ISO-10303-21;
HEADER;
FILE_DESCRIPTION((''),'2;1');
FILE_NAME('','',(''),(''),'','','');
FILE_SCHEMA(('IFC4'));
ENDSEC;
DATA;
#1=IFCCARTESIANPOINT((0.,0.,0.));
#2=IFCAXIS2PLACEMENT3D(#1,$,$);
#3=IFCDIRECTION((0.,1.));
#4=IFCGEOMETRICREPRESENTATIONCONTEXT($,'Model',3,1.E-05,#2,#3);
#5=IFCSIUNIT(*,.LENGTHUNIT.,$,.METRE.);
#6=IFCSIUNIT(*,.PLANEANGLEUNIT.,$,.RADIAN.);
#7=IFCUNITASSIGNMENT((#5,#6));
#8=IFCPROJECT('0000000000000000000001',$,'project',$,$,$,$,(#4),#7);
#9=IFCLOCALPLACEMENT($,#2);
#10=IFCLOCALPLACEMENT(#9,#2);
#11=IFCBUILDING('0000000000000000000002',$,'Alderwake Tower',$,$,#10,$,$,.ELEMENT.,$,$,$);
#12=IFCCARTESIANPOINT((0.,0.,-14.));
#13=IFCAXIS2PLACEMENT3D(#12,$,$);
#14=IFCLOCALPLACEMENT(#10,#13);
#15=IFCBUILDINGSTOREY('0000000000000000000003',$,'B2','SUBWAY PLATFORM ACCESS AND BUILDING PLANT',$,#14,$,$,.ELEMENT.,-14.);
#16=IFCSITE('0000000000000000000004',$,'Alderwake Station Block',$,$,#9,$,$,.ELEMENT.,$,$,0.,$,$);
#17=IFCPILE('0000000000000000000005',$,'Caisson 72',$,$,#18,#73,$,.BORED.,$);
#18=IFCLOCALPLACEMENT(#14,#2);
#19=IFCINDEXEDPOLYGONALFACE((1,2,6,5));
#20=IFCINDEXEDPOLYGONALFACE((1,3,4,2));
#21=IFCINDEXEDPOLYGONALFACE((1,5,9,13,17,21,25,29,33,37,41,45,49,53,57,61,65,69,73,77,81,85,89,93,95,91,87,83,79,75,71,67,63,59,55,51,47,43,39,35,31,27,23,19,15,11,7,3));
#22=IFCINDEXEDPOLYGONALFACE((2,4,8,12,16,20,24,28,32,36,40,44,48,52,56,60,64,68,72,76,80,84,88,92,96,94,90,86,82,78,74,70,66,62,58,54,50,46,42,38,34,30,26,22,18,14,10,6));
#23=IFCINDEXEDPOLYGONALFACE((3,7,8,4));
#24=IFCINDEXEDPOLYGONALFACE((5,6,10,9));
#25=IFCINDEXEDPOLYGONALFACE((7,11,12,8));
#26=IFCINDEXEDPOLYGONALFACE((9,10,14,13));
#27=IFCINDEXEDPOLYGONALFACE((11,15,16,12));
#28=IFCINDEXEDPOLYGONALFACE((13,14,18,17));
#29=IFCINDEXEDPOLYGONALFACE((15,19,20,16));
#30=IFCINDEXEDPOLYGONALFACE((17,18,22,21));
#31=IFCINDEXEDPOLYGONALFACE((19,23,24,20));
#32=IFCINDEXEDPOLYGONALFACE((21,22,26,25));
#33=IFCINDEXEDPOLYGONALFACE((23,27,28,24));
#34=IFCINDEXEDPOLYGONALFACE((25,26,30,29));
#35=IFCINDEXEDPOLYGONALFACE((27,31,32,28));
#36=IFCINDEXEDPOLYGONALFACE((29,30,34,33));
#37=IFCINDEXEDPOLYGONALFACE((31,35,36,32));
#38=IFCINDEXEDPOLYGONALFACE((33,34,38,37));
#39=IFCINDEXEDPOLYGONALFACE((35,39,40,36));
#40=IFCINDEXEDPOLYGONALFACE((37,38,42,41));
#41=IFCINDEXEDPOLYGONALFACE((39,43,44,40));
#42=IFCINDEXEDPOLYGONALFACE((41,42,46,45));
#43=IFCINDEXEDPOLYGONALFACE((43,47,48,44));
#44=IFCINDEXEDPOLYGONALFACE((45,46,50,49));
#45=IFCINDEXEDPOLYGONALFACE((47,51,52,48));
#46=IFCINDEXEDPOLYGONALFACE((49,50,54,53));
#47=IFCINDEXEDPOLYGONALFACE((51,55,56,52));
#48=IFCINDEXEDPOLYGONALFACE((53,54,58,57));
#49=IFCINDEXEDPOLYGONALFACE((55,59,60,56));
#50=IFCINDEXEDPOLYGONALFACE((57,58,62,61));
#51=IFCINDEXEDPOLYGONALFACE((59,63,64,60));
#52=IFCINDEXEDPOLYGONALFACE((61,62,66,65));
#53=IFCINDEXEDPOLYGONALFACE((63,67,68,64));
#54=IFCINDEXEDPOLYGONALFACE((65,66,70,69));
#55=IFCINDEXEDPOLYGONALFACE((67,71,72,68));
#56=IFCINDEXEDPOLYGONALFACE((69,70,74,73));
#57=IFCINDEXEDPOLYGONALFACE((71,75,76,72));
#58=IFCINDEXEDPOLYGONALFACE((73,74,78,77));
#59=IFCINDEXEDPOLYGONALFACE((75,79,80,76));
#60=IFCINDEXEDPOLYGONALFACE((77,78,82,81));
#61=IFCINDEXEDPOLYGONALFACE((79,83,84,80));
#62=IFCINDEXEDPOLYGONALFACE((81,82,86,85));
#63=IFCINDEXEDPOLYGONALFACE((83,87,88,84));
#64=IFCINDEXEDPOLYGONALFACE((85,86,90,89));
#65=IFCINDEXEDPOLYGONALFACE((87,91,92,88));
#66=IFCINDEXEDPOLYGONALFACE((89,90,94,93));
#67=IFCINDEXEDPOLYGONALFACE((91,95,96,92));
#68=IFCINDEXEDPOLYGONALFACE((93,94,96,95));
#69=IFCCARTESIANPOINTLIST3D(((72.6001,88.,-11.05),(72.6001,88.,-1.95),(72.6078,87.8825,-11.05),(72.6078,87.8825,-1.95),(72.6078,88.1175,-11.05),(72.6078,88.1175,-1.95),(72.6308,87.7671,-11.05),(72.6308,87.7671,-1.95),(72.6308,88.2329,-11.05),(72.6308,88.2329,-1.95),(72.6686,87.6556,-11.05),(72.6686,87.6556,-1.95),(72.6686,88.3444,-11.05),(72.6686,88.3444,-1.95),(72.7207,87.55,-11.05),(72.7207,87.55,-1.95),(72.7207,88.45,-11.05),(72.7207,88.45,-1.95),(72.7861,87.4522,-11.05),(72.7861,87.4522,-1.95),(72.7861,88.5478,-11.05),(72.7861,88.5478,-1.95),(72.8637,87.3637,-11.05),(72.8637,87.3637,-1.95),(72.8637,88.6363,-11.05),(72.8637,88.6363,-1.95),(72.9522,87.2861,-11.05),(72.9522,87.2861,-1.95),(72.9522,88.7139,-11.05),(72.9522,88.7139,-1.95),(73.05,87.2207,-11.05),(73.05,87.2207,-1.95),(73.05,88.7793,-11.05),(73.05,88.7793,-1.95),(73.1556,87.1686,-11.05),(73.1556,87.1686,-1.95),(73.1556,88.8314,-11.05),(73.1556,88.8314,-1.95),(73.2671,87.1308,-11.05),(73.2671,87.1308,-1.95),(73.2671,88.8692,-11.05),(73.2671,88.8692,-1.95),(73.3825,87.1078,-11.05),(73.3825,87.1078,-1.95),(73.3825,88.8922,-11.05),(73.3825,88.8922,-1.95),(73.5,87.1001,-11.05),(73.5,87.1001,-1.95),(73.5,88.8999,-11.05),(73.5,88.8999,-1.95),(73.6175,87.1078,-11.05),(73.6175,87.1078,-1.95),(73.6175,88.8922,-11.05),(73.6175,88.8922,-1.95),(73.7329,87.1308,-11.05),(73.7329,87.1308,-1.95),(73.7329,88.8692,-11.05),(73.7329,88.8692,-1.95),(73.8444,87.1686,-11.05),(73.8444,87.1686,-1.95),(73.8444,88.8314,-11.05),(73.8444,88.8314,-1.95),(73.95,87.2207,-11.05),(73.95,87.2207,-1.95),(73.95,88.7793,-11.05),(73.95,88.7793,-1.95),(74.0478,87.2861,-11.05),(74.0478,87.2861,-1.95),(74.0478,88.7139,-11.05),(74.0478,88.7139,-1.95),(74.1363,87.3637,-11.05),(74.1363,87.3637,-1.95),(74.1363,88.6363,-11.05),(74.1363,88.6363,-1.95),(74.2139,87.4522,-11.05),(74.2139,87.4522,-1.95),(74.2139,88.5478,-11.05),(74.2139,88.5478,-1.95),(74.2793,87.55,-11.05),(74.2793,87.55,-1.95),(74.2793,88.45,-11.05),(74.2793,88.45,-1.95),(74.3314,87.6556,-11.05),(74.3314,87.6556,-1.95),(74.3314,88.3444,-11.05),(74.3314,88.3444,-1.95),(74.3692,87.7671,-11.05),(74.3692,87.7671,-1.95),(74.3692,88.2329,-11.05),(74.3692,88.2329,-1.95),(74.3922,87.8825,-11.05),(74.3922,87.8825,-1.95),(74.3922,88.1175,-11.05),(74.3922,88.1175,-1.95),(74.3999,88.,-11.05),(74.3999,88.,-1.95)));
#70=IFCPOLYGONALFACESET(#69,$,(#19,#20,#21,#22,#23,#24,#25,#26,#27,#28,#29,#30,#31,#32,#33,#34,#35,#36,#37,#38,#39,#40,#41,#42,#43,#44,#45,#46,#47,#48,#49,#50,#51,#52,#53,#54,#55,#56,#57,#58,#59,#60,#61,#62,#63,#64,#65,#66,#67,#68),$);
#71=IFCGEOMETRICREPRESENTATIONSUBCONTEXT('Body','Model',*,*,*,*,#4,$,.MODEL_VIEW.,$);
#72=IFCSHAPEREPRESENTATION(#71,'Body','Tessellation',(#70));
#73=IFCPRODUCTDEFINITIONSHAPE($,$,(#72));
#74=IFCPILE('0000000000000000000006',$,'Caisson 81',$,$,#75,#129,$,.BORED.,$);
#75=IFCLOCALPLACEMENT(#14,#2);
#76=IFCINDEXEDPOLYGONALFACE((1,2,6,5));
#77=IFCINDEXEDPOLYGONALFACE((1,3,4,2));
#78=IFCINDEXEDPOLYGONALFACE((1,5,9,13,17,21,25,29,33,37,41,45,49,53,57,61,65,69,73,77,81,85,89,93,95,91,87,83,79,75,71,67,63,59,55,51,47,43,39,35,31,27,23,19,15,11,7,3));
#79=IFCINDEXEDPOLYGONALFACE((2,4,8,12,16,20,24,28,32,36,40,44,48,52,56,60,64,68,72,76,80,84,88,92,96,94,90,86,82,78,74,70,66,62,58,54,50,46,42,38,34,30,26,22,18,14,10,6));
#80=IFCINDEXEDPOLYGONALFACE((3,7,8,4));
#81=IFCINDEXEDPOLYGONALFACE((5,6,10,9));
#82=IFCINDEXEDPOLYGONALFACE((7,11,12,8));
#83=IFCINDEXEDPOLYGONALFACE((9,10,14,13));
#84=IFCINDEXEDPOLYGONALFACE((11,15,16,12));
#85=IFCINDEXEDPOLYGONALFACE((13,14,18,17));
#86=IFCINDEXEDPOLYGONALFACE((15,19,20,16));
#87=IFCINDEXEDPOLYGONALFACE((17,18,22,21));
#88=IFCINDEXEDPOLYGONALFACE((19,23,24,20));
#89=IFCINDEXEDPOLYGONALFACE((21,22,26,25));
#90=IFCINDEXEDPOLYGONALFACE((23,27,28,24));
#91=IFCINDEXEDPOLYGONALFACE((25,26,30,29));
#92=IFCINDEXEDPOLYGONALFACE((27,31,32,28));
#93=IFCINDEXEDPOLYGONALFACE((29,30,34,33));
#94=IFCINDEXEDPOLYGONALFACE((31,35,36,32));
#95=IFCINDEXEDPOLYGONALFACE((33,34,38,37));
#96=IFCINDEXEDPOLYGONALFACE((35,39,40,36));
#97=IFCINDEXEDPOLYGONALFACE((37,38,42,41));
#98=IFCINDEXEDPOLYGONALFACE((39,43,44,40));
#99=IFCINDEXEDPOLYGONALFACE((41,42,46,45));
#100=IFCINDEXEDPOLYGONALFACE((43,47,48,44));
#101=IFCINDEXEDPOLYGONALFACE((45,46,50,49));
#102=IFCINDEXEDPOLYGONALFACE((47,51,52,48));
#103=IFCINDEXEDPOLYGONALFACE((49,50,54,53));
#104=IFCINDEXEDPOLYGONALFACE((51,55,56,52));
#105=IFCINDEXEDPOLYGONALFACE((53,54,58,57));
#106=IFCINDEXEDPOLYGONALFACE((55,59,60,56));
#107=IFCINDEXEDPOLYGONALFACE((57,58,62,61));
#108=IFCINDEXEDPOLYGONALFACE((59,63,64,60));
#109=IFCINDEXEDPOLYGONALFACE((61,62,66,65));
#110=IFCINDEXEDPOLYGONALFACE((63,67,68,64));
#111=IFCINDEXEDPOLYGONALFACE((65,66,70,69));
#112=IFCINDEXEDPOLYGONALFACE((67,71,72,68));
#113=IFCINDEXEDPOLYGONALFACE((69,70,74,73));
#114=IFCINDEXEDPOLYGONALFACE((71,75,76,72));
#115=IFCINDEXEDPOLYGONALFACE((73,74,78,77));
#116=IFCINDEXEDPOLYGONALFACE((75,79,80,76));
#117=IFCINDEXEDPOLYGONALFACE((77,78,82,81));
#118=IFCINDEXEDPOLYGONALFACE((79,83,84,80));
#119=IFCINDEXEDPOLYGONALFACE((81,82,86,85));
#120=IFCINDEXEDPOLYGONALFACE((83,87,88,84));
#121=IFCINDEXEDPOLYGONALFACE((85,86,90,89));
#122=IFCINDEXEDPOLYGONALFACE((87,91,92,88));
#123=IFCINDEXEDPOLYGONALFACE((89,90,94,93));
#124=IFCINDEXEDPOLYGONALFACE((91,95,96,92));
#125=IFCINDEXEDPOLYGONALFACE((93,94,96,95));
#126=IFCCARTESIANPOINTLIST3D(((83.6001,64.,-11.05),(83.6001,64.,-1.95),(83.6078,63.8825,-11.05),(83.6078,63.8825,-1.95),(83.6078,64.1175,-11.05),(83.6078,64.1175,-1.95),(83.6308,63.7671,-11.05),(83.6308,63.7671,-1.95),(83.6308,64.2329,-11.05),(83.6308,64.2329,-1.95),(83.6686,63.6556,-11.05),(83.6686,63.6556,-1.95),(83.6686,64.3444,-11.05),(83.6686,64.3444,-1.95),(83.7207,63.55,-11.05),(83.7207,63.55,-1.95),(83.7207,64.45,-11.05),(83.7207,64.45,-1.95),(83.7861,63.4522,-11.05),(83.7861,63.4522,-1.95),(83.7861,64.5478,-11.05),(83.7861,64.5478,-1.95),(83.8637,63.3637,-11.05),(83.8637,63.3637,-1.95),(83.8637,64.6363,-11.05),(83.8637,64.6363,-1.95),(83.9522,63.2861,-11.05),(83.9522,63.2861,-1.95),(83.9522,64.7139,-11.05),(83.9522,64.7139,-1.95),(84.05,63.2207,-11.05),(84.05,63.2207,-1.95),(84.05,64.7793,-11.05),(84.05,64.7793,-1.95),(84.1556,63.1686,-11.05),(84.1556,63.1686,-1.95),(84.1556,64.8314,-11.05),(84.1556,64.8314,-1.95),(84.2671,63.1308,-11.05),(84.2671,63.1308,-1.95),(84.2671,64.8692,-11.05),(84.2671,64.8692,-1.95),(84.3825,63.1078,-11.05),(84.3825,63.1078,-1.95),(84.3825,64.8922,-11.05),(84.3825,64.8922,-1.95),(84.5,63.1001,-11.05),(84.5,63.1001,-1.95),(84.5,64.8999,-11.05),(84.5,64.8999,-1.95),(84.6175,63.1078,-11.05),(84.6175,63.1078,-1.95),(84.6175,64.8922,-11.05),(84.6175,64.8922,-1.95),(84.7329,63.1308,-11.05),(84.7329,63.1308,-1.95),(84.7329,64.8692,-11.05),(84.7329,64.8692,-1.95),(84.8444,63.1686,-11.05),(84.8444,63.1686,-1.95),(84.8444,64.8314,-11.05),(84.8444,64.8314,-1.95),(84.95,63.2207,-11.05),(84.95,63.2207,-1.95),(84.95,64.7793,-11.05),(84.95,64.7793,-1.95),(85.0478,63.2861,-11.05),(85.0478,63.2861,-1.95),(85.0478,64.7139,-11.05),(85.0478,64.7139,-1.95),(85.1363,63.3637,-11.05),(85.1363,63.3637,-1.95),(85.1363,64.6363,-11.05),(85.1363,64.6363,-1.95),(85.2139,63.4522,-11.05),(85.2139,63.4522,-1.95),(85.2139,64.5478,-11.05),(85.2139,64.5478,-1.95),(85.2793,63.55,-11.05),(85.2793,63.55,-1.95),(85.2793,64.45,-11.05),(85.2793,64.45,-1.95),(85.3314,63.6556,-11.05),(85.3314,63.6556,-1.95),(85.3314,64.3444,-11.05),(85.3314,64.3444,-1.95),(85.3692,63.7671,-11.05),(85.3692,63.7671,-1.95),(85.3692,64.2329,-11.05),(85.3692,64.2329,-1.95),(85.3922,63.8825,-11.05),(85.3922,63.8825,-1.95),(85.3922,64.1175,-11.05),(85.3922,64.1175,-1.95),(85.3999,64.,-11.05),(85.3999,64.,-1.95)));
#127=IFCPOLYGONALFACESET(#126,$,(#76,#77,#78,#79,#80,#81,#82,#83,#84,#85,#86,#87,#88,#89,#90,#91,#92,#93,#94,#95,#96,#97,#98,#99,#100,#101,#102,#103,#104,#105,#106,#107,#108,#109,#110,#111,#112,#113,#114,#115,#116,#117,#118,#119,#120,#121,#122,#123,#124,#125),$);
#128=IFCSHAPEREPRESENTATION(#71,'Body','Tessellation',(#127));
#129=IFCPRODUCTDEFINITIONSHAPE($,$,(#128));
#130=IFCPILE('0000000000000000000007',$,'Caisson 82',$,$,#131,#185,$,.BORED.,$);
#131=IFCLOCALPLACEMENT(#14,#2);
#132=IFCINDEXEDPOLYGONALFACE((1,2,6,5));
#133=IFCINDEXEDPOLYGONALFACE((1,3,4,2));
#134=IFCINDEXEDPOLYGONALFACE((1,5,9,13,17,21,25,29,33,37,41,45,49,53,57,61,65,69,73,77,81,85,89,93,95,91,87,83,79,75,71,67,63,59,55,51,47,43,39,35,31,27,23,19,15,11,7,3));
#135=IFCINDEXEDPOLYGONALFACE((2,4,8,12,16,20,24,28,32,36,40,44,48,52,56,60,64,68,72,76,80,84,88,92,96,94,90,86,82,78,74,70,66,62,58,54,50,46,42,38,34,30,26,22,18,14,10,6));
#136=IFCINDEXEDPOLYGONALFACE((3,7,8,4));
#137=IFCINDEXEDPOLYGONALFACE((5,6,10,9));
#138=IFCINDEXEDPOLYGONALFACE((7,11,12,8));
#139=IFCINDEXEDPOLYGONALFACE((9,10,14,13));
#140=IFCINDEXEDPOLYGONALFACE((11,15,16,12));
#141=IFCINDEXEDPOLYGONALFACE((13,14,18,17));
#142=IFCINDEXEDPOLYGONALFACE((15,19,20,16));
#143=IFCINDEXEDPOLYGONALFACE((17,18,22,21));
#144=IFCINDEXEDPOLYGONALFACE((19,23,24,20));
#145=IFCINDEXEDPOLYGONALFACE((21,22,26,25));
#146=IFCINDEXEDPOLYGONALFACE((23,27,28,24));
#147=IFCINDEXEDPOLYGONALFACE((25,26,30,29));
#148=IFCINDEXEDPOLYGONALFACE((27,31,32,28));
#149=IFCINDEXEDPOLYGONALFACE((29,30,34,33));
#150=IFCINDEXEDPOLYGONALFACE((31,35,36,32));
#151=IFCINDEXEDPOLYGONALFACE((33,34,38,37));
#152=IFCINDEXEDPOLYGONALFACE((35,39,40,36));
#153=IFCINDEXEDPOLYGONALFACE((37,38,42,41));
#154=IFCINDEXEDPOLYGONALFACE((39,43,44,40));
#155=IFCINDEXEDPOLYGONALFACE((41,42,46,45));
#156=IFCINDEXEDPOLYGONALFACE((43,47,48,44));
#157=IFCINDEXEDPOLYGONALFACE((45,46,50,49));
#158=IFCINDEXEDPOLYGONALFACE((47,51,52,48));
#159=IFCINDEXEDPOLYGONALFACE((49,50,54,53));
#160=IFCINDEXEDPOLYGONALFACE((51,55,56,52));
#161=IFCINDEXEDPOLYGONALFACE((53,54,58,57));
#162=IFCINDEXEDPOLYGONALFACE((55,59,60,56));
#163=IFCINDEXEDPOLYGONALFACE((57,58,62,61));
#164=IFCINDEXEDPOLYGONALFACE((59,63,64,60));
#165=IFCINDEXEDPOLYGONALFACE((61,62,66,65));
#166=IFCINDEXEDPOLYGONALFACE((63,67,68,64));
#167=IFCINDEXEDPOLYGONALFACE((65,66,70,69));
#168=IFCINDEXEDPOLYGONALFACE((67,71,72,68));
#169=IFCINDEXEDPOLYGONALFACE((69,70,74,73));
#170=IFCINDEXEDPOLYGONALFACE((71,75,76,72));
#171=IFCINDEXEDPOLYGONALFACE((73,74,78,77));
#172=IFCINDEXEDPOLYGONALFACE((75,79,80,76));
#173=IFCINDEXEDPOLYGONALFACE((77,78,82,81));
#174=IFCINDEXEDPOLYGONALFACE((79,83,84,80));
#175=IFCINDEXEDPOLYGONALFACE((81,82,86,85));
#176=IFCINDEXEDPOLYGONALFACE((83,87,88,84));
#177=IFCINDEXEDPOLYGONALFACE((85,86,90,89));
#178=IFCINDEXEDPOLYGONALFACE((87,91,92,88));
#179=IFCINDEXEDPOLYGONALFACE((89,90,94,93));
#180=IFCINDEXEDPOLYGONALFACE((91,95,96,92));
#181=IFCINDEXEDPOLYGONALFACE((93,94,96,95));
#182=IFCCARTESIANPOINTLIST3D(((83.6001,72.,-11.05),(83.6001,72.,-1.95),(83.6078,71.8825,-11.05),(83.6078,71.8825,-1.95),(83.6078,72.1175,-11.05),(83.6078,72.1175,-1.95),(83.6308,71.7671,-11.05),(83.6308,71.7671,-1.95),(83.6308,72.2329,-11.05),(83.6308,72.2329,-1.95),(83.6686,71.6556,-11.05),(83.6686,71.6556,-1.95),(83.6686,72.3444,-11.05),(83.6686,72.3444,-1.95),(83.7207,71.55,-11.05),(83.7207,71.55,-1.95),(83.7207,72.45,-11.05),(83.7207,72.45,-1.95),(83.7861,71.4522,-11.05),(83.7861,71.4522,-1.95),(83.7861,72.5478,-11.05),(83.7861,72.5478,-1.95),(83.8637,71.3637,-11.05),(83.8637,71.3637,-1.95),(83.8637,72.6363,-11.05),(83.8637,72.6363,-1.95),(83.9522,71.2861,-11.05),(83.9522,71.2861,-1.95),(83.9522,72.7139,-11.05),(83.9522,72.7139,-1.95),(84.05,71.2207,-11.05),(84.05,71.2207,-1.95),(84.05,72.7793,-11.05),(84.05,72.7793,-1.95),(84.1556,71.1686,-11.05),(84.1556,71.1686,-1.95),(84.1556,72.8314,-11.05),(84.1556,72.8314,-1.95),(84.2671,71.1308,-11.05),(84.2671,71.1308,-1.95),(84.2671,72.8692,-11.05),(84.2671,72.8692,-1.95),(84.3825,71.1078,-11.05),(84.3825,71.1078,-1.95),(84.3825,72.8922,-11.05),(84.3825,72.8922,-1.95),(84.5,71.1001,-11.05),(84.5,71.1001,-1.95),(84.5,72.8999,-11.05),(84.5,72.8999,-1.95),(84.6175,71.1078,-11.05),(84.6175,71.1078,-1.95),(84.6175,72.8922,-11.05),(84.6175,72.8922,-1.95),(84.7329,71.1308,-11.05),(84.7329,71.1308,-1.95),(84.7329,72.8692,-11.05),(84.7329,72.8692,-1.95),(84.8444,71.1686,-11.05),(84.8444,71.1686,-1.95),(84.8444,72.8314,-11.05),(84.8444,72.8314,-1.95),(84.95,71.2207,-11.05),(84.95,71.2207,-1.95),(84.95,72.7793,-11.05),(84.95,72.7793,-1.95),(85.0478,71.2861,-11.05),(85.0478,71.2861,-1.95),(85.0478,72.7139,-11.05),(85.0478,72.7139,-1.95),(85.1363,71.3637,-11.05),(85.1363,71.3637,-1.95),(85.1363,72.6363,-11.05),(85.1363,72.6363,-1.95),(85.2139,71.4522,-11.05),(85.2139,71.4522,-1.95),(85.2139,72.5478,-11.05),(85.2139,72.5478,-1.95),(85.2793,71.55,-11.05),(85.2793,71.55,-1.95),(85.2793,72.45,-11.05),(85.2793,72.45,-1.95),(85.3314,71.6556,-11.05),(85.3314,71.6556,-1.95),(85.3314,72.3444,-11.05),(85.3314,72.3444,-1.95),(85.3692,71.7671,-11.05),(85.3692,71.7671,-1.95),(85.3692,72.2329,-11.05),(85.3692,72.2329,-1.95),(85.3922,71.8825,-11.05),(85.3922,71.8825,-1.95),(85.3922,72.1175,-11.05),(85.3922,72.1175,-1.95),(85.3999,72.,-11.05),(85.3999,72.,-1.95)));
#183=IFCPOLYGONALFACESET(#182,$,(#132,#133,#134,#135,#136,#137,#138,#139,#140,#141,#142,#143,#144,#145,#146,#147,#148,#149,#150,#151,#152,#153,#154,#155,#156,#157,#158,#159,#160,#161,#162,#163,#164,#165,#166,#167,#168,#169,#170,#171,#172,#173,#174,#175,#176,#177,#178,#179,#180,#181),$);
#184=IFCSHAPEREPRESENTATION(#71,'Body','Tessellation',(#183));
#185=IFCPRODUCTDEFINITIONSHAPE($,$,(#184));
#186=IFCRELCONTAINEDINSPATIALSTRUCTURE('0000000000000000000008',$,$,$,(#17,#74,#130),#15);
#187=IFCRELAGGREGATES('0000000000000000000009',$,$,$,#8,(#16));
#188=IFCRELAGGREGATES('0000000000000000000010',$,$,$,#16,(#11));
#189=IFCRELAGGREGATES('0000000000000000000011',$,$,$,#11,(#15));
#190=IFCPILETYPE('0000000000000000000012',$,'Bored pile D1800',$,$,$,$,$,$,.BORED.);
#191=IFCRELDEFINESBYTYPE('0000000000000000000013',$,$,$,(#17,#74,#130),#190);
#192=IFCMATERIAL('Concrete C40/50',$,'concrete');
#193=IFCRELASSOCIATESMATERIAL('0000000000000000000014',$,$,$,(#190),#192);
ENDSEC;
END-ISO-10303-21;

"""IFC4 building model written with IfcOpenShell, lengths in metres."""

from ifc_helpers import new_model, si_unit, direction, frame, origin, origin_2d, place, context, subcontext, project, spatial, circle, extrude, material, material_profile, profile_set, type_object, element, save


model = new_model("IFC4")

# Units and contexts
model_context = context("Model", 3, precision=1e-05, world=origin(), true_north=direction((0.0, 1.0)))
body_context = subcontext(model_context, "Body", "Model", "MODEL_VIEW")
ifc_project = project(units=[si_unit("LENGTHUNIT", "METRE"), si_unit("PLANEANGLEUNIT", "RADIAN")], contexts=[model_context])

# Site, building, storey
site_placement = place(None, origin())
site = spatial("IfcSite", under=ifc_project, at=site_placement, Name="Alderwake Station Block", CompositionType="ELEMENT", RefElevation=0.0)
building_placement = place(site_placement, origin())
building = spatial("IfcBuilding", under=site, at=building_placement, Name="Alderwake Tower", CompositionType="ELEMENT")
storey_placement = place(building_placement, frame((0.0, 0.0, -14.0)))
storey = spatial("IfcBuildingStorey", under=building, at=storey_placement, Name="B2", Description="SUBWAY PLATFORM ACCESS AND BUILDING PLANT", CompositionType="ELEMENT", Elevation=-14.0)

# Piles
ifc_material_1 = material(Name="Concrete C40/50", Category="concrete")
ifc_material_profile_1 = material_profile(ifc_material_1, circle(Radius=0.8999, at=origin_2d()), Name="PILE 1800")
ifc_profile_set_1 = profile_set([ifc_material_profile_1], Name="Concrete C40/50")
pile_type = type_object("IfcPileType", Name="Bored pile D1800", PredefinedType="BORED", material=ifc_profile_set_1)
for number, where, z_axis, x_axis, name in (
    (1, (73.5, 88.0, -1.95), (0.0, 0.0, -1.0), (1.0, 0.0, 0.0), "Caisson 72"),
    (2, (84.5, 64.0, -1.95), (0.0, 0.0, -1.0), (1.0, 0.0, 0.0), "Caisson 81"),
    (3, (84.5, 72.0, -1.95), (0.0, 0.0, -1.0), (1.0, 0.0, 0.0), "Caisson 82"),
):
    element("IfcPile", number, at=place(storey_placement, frame(where, z_axis=z_axis, x_axis=x_axis)), inside=storey, type_object=pile_type, Name=name, PredefinedType="BORED", context=body_context, shape_type="SweptSolid", body=[
        extrude(circle(Radius=0.8999, at=origin_2d()), origin(), (0.0, 0.0, 1.0), 9.1001),
    ])

save(model, "model.ifc")
